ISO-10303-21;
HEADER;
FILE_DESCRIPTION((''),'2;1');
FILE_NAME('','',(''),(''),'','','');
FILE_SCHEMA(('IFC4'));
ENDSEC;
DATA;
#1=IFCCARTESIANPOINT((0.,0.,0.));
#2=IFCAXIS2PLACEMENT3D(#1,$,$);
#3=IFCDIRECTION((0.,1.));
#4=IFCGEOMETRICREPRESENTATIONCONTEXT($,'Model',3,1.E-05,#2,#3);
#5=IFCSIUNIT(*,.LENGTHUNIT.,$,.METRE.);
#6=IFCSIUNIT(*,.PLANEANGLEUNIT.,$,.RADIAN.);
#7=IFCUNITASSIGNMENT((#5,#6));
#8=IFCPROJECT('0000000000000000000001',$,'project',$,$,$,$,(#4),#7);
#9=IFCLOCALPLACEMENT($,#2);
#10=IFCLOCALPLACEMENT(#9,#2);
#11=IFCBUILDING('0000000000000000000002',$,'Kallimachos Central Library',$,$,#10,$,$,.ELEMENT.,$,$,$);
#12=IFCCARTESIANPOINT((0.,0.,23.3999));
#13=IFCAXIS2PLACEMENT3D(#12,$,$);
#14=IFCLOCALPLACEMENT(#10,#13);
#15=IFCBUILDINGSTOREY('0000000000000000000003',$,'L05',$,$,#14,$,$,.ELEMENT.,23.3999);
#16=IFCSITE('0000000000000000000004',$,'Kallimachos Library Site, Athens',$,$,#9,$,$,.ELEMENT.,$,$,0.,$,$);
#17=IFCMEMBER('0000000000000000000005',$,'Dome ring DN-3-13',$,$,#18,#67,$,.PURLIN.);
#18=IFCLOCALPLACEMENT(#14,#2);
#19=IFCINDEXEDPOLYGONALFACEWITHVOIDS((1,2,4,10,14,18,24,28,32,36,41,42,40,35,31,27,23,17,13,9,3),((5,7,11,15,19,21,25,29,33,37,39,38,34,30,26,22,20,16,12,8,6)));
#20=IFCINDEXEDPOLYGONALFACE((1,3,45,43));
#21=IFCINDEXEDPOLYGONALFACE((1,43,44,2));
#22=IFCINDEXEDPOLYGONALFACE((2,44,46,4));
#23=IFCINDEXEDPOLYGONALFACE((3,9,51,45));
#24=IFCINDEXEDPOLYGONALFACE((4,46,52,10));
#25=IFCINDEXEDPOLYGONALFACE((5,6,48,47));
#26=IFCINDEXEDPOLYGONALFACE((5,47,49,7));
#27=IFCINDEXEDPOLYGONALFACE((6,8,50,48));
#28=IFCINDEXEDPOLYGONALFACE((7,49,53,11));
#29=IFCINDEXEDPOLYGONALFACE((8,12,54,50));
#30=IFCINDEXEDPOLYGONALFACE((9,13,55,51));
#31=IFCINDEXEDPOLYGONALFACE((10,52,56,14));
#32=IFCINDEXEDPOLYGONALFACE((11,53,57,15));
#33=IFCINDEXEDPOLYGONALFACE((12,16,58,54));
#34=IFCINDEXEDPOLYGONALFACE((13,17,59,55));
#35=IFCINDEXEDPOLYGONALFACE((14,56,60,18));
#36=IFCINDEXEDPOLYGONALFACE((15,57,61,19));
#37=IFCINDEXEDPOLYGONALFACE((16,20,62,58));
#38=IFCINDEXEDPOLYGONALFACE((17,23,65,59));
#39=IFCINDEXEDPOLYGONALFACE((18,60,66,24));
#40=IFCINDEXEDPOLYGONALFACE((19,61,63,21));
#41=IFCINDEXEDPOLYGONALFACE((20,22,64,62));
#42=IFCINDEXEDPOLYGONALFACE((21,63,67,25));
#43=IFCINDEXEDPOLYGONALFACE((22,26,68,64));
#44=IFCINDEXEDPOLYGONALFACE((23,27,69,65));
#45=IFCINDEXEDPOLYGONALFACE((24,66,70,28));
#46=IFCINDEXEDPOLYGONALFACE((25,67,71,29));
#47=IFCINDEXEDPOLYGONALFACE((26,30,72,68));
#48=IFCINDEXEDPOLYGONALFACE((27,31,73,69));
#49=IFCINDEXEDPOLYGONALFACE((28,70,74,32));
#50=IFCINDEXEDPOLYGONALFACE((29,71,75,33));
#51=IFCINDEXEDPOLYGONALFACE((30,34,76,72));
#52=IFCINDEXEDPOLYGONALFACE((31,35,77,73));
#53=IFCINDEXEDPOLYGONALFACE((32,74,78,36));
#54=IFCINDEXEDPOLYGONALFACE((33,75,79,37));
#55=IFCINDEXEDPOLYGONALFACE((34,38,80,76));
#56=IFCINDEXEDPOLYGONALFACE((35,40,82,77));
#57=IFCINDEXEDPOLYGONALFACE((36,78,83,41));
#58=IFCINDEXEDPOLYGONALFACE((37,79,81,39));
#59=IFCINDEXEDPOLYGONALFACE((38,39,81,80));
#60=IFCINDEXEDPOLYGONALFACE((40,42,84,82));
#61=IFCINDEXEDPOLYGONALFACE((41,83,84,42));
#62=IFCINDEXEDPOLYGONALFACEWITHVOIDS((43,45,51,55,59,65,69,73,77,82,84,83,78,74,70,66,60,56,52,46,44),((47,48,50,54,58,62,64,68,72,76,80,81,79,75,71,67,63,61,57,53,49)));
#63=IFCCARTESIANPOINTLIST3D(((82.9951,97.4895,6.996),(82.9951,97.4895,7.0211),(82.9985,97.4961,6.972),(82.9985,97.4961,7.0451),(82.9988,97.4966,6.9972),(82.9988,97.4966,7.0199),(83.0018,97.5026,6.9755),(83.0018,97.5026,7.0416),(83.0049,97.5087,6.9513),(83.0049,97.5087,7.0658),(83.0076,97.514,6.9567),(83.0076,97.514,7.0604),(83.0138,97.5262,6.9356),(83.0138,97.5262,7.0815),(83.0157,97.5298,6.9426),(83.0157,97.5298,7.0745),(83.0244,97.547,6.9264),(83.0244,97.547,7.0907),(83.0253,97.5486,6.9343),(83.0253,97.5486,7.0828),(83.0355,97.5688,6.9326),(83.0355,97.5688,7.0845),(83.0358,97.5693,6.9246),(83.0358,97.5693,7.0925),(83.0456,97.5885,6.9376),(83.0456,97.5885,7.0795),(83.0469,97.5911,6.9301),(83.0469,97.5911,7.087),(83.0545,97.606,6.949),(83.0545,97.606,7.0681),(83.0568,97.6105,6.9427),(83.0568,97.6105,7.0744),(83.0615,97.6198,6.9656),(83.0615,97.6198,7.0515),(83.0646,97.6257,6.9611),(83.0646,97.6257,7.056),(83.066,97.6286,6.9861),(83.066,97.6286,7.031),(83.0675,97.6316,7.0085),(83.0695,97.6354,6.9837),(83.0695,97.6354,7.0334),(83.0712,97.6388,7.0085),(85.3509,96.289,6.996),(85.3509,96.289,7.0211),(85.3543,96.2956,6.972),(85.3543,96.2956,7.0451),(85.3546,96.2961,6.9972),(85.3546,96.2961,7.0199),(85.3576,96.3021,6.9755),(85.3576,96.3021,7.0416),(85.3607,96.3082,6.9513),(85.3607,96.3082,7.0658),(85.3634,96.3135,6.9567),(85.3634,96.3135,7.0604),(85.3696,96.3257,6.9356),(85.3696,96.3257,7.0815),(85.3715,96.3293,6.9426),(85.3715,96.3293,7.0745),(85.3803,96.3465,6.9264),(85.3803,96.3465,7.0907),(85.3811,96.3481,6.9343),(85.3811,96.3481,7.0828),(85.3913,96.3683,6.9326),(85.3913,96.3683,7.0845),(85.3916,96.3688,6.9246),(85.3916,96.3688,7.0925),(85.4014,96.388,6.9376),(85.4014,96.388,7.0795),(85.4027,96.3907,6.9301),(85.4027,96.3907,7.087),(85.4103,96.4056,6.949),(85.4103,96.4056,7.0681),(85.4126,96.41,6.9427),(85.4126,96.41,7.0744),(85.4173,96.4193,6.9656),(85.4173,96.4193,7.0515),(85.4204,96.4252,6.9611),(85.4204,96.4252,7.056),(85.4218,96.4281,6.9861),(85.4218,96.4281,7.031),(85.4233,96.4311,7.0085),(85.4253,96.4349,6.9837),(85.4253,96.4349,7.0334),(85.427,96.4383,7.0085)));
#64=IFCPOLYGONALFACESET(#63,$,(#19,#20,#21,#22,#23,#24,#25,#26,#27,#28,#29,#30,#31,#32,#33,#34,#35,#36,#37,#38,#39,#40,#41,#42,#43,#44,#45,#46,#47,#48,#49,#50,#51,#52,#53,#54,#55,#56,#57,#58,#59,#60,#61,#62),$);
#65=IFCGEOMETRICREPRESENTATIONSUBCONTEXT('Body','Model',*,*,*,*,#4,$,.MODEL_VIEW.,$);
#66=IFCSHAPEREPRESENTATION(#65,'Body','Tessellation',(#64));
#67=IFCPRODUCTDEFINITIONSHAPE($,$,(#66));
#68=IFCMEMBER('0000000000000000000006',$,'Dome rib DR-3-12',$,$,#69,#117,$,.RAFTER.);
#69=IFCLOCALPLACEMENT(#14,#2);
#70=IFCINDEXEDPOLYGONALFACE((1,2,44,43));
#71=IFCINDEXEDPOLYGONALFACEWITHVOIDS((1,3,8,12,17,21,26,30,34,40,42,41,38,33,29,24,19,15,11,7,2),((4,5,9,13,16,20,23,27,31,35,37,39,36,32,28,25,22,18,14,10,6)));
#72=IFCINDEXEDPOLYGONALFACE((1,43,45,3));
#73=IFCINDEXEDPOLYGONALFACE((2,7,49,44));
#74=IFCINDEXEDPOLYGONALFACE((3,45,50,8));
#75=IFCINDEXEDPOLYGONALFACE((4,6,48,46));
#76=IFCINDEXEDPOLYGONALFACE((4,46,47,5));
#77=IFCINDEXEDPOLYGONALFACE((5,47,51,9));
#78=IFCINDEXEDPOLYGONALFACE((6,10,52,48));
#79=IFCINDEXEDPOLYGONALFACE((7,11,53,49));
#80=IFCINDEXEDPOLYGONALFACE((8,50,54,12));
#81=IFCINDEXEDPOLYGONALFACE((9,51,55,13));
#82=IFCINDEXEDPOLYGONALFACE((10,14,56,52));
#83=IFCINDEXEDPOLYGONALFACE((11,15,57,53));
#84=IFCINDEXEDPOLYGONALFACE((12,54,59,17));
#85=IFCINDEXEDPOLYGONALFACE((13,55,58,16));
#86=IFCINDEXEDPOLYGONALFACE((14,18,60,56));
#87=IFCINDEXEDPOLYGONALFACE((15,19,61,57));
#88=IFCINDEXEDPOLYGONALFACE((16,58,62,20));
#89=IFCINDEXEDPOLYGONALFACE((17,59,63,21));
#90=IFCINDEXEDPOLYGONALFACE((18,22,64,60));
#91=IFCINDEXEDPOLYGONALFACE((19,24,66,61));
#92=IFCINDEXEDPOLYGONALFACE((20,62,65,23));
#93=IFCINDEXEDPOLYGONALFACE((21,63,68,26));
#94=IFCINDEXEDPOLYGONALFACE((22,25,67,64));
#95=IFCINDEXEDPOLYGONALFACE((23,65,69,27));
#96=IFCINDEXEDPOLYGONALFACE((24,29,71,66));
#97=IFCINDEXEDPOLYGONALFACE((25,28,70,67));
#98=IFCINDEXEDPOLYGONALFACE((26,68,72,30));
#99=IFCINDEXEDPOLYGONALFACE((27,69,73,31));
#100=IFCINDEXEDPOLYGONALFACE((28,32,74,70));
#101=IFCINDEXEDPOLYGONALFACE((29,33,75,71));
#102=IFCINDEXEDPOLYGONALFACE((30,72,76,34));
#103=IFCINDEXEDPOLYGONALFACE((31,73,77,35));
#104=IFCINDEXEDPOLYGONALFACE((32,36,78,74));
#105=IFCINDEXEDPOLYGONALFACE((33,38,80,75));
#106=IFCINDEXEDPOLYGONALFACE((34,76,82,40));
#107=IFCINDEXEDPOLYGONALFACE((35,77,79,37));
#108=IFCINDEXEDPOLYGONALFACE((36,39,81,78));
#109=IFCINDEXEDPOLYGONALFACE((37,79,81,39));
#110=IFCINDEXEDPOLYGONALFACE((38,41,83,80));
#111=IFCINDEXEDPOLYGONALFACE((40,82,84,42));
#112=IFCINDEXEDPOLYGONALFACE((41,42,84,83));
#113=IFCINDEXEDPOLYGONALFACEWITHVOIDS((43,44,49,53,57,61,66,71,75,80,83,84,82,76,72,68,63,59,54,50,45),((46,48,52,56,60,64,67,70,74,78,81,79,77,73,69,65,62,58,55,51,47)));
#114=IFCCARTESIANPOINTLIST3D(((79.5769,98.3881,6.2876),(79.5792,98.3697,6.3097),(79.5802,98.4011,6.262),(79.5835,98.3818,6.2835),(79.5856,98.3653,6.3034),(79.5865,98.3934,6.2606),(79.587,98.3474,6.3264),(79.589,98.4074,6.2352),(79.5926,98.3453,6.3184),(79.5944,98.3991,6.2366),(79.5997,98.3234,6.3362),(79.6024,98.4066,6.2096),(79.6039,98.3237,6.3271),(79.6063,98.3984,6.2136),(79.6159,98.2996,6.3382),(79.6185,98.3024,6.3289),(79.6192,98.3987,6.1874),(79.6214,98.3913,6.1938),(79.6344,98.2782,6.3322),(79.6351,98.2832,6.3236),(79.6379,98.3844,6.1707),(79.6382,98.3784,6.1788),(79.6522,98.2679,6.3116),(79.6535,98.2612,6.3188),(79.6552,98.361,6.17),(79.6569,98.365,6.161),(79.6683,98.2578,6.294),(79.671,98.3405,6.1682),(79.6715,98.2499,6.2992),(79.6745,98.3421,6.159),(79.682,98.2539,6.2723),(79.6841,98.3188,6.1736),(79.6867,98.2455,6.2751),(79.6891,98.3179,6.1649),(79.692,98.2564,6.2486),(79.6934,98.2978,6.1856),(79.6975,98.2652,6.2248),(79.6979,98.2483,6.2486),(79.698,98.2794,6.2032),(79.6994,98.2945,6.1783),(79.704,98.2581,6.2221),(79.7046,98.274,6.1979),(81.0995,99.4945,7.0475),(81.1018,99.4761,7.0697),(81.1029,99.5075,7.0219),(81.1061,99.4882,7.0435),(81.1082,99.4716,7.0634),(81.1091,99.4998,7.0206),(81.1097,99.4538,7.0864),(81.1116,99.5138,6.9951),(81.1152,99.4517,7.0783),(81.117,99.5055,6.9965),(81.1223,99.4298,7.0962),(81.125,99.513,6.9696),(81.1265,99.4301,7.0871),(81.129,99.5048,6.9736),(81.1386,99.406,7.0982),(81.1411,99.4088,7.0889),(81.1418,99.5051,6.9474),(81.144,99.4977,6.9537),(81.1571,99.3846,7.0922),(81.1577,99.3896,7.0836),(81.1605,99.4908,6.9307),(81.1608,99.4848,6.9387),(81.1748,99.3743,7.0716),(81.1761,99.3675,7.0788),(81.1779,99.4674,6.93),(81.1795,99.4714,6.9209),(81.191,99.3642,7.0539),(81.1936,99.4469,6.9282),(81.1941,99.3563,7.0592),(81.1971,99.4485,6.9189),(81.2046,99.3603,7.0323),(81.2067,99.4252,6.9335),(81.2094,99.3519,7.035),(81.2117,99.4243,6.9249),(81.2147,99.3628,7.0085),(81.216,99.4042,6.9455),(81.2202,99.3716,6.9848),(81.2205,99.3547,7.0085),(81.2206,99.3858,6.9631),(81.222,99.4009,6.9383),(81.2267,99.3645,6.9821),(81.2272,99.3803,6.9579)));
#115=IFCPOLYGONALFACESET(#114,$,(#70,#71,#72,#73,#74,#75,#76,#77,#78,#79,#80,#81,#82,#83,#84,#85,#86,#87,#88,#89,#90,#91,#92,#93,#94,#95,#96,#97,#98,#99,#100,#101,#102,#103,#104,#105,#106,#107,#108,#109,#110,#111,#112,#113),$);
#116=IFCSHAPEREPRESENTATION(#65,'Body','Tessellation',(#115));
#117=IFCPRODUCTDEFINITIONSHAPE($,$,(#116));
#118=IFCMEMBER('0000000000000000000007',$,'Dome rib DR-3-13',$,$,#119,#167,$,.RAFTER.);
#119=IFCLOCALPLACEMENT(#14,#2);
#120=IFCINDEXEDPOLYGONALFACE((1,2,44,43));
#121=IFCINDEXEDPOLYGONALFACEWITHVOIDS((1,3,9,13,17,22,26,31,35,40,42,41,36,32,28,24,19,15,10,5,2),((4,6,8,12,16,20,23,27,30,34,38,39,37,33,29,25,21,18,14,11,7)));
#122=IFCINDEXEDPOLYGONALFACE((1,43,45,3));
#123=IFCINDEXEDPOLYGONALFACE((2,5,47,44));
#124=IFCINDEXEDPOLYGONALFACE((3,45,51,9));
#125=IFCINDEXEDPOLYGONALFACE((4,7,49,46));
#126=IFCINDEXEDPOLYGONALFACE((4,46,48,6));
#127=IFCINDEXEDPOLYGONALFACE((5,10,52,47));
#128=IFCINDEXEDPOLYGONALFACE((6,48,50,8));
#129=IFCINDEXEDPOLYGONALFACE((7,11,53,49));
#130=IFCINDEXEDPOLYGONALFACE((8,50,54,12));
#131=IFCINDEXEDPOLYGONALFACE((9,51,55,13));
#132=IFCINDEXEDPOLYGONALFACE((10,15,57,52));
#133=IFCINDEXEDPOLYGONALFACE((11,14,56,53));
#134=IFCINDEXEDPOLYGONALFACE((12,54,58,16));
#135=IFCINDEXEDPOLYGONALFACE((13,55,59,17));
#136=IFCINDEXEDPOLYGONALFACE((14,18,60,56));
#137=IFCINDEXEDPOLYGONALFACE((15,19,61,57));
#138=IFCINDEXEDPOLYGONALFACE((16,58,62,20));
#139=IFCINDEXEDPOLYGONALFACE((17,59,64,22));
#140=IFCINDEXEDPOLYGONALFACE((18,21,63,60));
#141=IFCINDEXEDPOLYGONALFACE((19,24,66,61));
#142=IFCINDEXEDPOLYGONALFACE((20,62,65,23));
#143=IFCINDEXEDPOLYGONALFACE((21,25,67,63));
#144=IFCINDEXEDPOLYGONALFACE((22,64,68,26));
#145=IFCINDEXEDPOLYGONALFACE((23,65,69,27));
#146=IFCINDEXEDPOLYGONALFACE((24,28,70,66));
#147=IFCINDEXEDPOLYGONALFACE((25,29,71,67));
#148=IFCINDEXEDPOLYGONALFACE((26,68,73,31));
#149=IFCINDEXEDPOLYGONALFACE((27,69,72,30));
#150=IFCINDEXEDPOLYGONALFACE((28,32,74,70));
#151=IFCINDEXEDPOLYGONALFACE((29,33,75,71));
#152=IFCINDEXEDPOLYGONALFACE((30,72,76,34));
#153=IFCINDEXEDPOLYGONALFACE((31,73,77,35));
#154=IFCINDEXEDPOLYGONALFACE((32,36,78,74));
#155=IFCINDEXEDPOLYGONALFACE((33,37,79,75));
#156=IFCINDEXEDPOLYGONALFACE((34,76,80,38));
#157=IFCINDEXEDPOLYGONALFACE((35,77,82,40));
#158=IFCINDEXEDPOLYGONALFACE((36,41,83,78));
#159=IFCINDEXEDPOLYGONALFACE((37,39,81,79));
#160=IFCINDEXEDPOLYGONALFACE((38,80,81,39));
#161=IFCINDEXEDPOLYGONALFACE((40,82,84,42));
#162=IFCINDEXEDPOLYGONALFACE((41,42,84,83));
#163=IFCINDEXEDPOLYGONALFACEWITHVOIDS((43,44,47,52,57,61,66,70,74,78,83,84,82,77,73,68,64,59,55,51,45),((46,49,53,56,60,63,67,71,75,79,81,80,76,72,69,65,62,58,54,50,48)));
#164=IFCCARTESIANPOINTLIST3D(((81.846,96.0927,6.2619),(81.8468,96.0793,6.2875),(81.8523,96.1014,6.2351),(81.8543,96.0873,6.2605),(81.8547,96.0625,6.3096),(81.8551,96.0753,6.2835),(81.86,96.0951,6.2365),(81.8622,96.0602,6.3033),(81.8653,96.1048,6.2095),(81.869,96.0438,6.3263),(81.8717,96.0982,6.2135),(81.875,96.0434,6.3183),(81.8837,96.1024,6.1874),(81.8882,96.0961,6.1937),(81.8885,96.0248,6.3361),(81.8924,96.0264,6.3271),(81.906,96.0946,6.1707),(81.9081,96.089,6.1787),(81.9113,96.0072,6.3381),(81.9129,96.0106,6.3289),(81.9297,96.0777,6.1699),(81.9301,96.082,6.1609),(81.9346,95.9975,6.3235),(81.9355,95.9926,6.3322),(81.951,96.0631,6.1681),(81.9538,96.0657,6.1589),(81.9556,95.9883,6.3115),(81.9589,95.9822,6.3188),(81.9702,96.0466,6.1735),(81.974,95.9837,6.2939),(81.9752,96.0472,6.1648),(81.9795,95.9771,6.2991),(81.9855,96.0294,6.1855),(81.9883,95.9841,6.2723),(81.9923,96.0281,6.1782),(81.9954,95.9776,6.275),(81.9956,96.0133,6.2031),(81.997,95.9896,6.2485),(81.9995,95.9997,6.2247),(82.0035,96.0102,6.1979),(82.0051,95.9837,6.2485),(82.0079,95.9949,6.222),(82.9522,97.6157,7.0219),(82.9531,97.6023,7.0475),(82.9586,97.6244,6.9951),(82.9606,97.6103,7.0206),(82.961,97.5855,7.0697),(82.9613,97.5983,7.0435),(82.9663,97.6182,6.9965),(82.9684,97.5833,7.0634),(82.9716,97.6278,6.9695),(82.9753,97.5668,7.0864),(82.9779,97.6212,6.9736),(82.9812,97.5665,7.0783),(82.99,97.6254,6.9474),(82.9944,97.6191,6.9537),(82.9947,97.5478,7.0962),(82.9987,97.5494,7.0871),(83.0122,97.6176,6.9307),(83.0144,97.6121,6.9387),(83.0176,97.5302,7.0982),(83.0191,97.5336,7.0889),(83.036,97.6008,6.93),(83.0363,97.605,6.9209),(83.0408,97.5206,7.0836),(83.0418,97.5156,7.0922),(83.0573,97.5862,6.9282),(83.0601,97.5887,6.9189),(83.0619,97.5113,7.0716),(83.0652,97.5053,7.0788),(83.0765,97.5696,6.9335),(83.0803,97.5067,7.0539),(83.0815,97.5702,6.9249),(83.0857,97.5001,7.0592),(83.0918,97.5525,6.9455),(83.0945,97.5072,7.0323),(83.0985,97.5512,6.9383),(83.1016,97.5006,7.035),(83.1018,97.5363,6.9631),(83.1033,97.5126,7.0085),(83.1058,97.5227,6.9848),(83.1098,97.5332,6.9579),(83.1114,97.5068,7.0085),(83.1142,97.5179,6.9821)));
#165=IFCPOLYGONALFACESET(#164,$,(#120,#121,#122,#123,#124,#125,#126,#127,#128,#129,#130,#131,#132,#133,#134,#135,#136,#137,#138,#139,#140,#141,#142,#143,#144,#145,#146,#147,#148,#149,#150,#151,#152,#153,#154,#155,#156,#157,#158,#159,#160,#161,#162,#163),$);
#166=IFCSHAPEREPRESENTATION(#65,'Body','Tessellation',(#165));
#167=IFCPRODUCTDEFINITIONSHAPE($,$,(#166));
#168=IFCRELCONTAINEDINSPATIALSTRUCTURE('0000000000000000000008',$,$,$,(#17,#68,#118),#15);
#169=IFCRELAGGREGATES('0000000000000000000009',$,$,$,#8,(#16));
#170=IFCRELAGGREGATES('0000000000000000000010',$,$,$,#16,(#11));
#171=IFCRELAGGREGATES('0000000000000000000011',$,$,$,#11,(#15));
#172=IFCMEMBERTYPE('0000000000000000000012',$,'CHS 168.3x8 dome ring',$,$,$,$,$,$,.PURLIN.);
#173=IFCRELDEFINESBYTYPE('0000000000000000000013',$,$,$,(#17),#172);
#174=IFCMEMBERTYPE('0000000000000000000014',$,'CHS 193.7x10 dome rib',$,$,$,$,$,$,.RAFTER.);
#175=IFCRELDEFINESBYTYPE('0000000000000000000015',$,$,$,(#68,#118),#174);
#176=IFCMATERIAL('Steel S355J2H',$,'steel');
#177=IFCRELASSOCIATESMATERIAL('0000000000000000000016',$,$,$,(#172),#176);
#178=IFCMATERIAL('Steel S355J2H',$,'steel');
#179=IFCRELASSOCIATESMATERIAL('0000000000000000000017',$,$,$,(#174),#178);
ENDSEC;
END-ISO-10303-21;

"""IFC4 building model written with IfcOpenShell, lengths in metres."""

from ifc_helpers import new_model, si_unit, direction, frame, origin, origin_2d, place, context, subcontext, project, spatial, hollow_circle, extrude, material, material_profile, profile_set, type_object, element, save


model = new_model("IFC4")

# Units and contexts
model_context = context("Model", 3, precision=1e-05, world=origin(), true_north=direction((0.0, 1.0)))
body_context = subcontext(model_context, "Body", "Model", "MODEL_VIEW")
ifc_project = project(units=[si_unit("LENGTHUNIT", "METRE"), si_unit("PLANEANGLEUNIT", "RADIAN")], contexts=[model_context])

# Site, building, storey
site_placement = place(None, origin())
site = spatial("IfcSite", under=ifc_project, at=site_placement, Name="Kallimachos Library Site, Athens", CompositionType="ELEMENT", RefElevation=0.0)
building_placement = place(site_placement, origin())
building = spatial("IfcBuilding", under=site, at=building_placement, Name="Kallimachos Central Library", CompositionType="ELEMENT")
storey_placement = place(building_placement, frame((0.0, 0.0, 23.3999)))
storey = spatial("IfcBuildingStorey", under=building, at=storey_placement, Name="L05", CompositionType="ELEMENT", Elevation=23.3999)

# Members
ifc_material_1 = material(Name="Steel S355J2H", Category="steel")
ifc_material_profile_1 = material_profile(ifc_material_1, hollow_circle(Radius=0.0842, WallThickness=0.0081, at=origin_2d()), Name="CHS 168.3x8")
ifc_profile_set_1 = profile_set([ifc_material_profile_1], Name="Steel S355J2H")
member_type_1 = type_object("IfcMemberType", Name="CHS 168.3x8 dome ring", PredefinedType="PURLIN", material=ifc_profile_set_1)
member_1_placement = place(storey_placement, frame((83.033, 97.5637, 7.0085), z_axis=(0.890985, -0.454034, 0.0), x_axis=(0.454034, 0.890985, 0.0)))
element("IfcMember", 1, at=member_1_placement, inside=storey, type_object=member_type_1, Name="Dome ring DN-3-13", PredefinedType="PURLIN", context=body_context, shape_type="SweptSolid", body=[
    extrude(hollow_circle(Radius=0.0842, WallThickness=0.0081, at=origin_2d()), origin(), (0.0, 0.0, 1.0), 2.644),
])
ifc_material_2 = material(Name="Steel S355J2H", Category="steel")
ifc_material_profile_2 = material_profile(ifc_material_2, hollow_circle(Radius=0.0969, WallThickness=0.01, at=origin_2d()), Name="CHS 193.7x10")
ifc_profile_set_2 = profile_set([ifc_material_profile_2], Name="Steel S355J2H")
member_type_2 = type_object("IfcMemberType", Name="CHS 193.7x10 dome rib", PredefinedType="RAFTER", material=ifc_profile_set_2)
member_2_placement = place(storey_placement, frame((81.1636, 99.4331, 7.0085), z_axis=(-0.75014, -0.545076, -0.374409), x_axis=(0.587832, -0.808983, 0.0)))
element("IfcMember", 2, at=member_2_placement, inside=storey, type_object=member_type_2, Name="Dome rib DR-3-12", PredefinedType="RAFTER", context=body_context, shape_type="SweptSolid", body=[
    extrude(hollow_circle(Radius=0.0969, WallThickness=0.01, at=origin_2d()), origin(), (0.0, 0.0, 1.0), 2.0298),
])
member_3_placement = place(storey_placement, frame((83.033, 97.5637, 7.0085), z_axis=(-0.544942, -0.750242, -0.374399), x_axis=(0.809089, -0.587686, 0.0)))
element("IfcMember", 3, at=member_3_placement, inside=storey, type_object=member_type_2, Name="Dome rib DR-3-13", PredefinedType="RAFTER", context=body_context, shape_type="SweptSolid", body=[
    extrude(hollow_circle(Radius=0.0969, WallThickness=0.01, at=origin_2d()), origin(), (0.0, 0.0, 1.0), 2.03),
])

save(model, "model.ifc")
